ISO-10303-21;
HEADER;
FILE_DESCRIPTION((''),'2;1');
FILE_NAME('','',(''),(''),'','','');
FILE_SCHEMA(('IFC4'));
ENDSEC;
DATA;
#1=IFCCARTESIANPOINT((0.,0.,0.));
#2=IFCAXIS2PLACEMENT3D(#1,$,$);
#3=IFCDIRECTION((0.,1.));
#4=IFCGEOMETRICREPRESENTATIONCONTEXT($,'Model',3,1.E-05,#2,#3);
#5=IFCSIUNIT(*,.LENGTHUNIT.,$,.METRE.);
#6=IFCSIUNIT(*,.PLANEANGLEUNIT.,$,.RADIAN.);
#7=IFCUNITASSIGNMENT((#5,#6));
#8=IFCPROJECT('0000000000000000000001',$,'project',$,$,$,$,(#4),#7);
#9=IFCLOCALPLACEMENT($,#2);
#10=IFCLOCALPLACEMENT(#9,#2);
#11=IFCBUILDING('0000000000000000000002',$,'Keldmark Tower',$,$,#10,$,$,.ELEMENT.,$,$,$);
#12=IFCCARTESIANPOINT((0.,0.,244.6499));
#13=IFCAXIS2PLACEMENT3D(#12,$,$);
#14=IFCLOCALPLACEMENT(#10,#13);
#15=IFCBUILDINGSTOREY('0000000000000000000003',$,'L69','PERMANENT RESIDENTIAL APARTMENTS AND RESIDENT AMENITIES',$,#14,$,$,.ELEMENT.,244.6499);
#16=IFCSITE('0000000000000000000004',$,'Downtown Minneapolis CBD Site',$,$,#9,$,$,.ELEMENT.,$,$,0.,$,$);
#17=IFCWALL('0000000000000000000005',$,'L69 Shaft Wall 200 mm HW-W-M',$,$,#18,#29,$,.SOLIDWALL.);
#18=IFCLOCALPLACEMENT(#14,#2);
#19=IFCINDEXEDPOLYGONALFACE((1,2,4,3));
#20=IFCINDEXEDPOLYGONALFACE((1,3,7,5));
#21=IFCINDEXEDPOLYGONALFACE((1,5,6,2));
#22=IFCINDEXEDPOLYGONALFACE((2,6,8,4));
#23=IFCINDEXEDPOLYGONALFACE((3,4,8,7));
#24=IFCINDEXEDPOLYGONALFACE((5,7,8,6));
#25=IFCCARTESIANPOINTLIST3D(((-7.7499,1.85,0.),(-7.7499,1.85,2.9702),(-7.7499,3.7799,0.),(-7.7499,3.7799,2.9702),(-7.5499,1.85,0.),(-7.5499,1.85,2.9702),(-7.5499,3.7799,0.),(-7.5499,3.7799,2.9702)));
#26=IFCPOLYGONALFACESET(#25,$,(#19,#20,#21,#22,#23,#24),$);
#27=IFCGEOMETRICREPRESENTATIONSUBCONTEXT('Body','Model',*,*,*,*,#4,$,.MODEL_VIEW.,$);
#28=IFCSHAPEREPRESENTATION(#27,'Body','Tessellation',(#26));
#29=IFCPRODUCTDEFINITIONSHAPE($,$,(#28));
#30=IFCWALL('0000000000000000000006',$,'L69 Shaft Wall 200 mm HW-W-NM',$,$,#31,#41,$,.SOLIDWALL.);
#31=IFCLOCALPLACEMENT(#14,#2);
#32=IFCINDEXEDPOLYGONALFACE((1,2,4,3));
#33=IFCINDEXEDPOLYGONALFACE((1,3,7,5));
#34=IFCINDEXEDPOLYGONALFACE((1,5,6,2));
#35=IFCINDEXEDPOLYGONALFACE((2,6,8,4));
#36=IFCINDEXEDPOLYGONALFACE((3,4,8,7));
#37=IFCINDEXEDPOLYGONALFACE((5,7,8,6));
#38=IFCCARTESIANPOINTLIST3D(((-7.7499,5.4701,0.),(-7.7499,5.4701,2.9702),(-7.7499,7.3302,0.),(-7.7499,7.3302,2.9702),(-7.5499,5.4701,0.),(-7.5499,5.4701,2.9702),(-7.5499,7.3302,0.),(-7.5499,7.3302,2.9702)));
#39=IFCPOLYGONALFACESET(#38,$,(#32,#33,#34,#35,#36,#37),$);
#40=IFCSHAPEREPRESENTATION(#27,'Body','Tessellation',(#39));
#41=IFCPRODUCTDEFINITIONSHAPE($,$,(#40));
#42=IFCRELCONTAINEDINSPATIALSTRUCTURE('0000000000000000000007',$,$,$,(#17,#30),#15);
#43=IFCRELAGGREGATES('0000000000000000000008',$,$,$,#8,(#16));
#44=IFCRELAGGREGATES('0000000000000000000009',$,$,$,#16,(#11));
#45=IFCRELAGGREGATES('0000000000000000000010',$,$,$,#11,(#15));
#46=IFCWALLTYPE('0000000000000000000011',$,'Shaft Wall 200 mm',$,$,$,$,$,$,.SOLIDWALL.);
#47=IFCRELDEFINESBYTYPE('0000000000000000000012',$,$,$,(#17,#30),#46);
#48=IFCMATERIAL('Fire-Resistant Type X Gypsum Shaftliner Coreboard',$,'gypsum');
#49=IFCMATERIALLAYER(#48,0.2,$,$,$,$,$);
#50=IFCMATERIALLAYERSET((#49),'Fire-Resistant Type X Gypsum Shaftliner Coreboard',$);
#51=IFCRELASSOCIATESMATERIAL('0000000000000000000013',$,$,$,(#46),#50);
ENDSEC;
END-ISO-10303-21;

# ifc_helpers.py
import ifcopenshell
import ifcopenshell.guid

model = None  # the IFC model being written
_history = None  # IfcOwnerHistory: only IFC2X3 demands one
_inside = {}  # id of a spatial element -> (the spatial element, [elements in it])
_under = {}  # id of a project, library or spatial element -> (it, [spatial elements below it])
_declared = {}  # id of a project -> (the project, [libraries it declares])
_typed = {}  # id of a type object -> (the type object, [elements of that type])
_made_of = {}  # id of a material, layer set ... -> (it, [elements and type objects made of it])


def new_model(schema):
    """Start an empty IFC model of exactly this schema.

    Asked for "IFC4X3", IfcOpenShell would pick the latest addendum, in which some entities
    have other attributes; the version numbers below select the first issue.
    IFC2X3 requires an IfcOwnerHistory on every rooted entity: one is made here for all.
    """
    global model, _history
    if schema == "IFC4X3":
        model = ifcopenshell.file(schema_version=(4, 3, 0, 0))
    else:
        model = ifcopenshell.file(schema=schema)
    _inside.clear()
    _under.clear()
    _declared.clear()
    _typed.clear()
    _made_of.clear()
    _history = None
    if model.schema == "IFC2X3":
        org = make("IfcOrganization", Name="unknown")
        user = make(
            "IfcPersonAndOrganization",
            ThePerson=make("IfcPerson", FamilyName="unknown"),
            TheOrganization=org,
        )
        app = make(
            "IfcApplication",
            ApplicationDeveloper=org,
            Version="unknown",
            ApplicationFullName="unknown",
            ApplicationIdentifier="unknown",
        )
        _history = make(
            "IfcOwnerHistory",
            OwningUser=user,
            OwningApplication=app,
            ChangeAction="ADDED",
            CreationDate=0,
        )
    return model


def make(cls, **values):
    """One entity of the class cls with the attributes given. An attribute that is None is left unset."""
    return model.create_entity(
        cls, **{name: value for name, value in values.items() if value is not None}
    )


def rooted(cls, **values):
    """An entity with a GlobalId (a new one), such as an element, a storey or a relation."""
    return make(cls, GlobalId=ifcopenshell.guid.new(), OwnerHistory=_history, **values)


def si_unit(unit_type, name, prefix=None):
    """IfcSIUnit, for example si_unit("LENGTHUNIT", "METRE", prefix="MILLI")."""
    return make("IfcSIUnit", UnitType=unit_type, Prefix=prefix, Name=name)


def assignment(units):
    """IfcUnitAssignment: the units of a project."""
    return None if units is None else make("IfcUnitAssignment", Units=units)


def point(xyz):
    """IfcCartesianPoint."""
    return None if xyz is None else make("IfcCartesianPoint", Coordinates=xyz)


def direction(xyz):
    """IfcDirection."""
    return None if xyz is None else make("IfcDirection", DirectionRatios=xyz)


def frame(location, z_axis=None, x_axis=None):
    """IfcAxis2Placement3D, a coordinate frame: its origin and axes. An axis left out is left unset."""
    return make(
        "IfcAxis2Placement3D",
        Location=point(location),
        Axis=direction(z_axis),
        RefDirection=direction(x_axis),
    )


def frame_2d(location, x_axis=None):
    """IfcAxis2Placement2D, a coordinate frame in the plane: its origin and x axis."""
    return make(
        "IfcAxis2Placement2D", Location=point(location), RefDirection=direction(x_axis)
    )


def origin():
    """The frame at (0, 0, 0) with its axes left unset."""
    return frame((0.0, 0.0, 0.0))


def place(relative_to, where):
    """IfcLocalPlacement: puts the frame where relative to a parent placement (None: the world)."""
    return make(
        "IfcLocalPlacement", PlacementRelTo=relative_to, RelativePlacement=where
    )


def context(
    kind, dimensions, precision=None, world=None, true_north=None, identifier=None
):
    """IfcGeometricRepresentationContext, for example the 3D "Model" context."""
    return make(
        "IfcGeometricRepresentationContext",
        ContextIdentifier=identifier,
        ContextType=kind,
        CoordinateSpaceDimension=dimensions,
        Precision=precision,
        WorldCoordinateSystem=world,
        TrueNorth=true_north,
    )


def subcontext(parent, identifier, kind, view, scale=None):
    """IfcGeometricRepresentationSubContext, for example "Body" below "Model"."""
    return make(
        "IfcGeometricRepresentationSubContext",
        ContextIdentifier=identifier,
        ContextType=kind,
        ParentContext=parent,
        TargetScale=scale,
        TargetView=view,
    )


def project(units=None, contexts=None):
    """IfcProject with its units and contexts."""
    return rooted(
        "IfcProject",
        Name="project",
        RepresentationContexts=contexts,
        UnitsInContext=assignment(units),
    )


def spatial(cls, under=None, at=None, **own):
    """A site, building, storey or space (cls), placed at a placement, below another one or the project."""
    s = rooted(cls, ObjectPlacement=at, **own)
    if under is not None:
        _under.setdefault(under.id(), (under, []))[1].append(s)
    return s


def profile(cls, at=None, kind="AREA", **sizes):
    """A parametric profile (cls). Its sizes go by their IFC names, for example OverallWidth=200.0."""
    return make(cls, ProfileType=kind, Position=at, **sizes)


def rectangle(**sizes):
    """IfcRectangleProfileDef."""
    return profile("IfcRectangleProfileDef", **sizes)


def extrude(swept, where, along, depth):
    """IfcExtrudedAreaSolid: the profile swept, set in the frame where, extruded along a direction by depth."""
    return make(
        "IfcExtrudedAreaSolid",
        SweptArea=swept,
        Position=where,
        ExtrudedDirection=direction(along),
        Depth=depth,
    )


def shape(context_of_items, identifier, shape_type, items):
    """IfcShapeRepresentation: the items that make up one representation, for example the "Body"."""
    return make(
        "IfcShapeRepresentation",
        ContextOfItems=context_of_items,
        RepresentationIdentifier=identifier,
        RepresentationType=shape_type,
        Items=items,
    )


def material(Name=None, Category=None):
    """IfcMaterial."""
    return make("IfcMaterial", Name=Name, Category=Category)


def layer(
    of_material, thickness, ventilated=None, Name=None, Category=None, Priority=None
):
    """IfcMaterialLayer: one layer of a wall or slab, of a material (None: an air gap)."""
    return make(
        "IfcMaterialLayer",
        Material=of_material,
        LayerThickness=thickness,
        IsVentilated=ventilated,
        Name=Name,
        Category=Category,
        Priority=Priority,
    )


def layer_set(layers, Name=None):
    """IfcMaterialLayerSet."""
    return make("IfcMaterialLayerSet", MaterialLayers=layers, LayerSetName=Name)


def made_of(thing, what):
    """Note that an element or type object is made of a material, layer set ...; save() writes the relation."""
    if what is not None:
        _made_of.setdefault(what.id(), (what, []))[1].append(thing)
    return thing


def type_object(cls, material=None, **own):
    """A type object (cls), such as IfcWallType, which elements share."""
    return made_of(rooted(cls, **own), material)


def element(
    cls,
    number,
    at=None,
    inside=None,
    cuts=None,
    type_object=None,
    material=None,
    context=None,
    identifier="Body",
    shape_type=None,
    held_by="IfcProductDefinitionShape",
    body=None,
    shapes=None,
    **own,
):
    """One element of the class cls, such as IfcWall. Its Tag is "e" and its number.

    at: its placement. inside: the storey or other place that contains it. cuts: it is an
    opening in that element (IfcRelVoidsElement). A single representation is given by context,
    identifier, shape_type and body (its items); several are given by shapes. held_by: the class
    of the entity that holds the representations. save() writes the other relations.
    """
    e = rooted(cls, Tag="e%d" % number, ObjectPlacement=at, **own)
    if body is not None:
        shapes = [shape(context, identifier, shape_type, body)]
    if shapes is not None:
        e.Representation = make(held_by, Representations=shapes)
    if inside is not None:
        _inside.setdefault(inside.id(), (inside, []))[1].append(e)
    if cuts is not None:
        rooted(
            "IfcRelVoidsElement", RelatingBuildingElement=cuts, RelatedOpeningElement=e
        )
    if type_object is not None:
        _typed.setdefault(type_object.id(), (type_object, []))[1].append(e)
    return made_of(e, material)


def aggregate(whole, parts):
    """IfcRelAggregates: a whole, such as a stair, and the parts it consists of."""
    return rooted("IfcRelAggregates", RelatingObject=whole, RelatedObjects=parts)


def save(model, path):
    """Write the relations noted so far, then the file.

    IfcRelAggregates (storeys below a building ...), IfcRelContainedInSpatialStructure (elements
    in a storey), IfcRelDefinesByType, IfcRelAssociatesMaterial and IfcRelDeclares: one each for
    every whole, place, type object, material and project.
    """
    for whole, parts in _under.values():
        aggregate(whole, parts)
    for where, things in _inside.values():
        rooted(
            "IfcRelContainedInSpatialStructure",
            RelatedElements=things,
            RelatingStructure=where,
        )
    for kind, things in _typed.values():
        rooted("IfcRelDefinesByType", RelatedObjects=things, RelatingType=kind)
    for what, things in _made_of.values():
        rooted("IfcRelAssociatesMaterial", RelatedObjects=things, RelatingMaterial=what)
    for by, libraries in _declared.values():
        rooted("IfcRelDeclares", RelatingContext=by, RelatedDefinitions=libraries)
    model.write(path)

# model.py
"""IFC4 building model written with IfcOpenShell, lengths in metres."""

from ifc_helpers import new_model, si_unit, direction, frame, frame_2d, origin, place, context, subcontext, project, spatial, rectangle, extrude, material, layer, layer_set, type_object, element, save


model = new_model("IFC4")

# Units and contexts
model_context = context("Model", 3, precision=1e-05, world=origin(), true_north=direction((0.0, 1.0)))
body_context = subcontext(model_context, "Body", "Model", "MODEL_VIEW")
ifc_project = project(units=[si_unit("LENGTHUNIT", "METRE"), si_unit("PLANEANGLEUNIT", "RADIAN")], contexts=[model_context])

# Site, building, storey
site_placement = place(None, origin())
site = spatial("IfcSite", under=ifc_project, at=site_placement, Name="Downtown Minneapolis CBD Site", CompositionType="ELEMENT", RefElevation=0.0)
building_placement = place(site_placement, origin())
building = spatial("IfcBuilding", under=site, at=building_placement, Name="Keldmark Tower", CompositionType="ELEMENT")
storey_placement = place(building_placement, frame((0.0, 0.0, 244.6499)))
storey = spatial("IfcBuildingStorey", under=building, at=storey_placement, Name="L69", Description="PERMANENT RESIDENTIAL APARTMENTS AND RESIDENT AMENITIES", CompositionType="ELEMENT", Elevation=244.6499)

# Walls
ifc_material_1 = material(Name="Fire-Resistant Type X Gypsum Shaftliner Coreboard", Category="gypsum")
ifc_layer_1 = layer(ifc_material_1, 0.2)
ifc_layer_set_1 = layer_set([ifc_layer_1], Name="Fire-Resistant Type X Gypsum Shaftliner Coreboard")
wall_type_1 = type_object("IfcWallType", Name="Shaft Wall 200 mm", PredefinedType="SOLIDWALL", material=ifc_layer_set_1)
wall_1_placement = place(storey_placement, frame((-7.6499, 1.8501, 0.0), z_axis=(0.0, 0.0, 1.0), x_axis=(0.0, 1.0, 0.0)))
element("IfcWall", 1, at=wall_1_placement, inside=storey, type_object=wall_type_1, Name="L69 Shaft Wall 200 mm HW-W-M", PredefinedType="SOLIDWALL", context=body_context, shape_type="SweptSolid", body=[
    extrude(rectangle(XDim=1.9299, YDim=0.2, at=frame_2d((0.9648, 0.0))), origin(), (0.0, 0.0, 1.0), 2.9702),
])
wall_2_placement = place(storey_placement, frame((-7.6499, 5.47, 0.0), z_axis=(0.0, 0.0, 1.0), x_axis=(0.0, 1.0, 0.0)))
element("IfcWall", 2, at=wall_2_placement, inside=storey, type_object=wall_type_1, Name="L69 Shaft Wall 200 mm HW-W-NM", PredefinedType="SOLIDWALL", context=body_context, shape_type="SweptSolid", body=[
    extrude(rectangle(XDim=1.8601, YDim=0.2, at=frame_2d((0.9302, 0.0))), origin(), (0.0, 0.0, 1.0), 2.9702),
])

save(model, "model.ifc")
